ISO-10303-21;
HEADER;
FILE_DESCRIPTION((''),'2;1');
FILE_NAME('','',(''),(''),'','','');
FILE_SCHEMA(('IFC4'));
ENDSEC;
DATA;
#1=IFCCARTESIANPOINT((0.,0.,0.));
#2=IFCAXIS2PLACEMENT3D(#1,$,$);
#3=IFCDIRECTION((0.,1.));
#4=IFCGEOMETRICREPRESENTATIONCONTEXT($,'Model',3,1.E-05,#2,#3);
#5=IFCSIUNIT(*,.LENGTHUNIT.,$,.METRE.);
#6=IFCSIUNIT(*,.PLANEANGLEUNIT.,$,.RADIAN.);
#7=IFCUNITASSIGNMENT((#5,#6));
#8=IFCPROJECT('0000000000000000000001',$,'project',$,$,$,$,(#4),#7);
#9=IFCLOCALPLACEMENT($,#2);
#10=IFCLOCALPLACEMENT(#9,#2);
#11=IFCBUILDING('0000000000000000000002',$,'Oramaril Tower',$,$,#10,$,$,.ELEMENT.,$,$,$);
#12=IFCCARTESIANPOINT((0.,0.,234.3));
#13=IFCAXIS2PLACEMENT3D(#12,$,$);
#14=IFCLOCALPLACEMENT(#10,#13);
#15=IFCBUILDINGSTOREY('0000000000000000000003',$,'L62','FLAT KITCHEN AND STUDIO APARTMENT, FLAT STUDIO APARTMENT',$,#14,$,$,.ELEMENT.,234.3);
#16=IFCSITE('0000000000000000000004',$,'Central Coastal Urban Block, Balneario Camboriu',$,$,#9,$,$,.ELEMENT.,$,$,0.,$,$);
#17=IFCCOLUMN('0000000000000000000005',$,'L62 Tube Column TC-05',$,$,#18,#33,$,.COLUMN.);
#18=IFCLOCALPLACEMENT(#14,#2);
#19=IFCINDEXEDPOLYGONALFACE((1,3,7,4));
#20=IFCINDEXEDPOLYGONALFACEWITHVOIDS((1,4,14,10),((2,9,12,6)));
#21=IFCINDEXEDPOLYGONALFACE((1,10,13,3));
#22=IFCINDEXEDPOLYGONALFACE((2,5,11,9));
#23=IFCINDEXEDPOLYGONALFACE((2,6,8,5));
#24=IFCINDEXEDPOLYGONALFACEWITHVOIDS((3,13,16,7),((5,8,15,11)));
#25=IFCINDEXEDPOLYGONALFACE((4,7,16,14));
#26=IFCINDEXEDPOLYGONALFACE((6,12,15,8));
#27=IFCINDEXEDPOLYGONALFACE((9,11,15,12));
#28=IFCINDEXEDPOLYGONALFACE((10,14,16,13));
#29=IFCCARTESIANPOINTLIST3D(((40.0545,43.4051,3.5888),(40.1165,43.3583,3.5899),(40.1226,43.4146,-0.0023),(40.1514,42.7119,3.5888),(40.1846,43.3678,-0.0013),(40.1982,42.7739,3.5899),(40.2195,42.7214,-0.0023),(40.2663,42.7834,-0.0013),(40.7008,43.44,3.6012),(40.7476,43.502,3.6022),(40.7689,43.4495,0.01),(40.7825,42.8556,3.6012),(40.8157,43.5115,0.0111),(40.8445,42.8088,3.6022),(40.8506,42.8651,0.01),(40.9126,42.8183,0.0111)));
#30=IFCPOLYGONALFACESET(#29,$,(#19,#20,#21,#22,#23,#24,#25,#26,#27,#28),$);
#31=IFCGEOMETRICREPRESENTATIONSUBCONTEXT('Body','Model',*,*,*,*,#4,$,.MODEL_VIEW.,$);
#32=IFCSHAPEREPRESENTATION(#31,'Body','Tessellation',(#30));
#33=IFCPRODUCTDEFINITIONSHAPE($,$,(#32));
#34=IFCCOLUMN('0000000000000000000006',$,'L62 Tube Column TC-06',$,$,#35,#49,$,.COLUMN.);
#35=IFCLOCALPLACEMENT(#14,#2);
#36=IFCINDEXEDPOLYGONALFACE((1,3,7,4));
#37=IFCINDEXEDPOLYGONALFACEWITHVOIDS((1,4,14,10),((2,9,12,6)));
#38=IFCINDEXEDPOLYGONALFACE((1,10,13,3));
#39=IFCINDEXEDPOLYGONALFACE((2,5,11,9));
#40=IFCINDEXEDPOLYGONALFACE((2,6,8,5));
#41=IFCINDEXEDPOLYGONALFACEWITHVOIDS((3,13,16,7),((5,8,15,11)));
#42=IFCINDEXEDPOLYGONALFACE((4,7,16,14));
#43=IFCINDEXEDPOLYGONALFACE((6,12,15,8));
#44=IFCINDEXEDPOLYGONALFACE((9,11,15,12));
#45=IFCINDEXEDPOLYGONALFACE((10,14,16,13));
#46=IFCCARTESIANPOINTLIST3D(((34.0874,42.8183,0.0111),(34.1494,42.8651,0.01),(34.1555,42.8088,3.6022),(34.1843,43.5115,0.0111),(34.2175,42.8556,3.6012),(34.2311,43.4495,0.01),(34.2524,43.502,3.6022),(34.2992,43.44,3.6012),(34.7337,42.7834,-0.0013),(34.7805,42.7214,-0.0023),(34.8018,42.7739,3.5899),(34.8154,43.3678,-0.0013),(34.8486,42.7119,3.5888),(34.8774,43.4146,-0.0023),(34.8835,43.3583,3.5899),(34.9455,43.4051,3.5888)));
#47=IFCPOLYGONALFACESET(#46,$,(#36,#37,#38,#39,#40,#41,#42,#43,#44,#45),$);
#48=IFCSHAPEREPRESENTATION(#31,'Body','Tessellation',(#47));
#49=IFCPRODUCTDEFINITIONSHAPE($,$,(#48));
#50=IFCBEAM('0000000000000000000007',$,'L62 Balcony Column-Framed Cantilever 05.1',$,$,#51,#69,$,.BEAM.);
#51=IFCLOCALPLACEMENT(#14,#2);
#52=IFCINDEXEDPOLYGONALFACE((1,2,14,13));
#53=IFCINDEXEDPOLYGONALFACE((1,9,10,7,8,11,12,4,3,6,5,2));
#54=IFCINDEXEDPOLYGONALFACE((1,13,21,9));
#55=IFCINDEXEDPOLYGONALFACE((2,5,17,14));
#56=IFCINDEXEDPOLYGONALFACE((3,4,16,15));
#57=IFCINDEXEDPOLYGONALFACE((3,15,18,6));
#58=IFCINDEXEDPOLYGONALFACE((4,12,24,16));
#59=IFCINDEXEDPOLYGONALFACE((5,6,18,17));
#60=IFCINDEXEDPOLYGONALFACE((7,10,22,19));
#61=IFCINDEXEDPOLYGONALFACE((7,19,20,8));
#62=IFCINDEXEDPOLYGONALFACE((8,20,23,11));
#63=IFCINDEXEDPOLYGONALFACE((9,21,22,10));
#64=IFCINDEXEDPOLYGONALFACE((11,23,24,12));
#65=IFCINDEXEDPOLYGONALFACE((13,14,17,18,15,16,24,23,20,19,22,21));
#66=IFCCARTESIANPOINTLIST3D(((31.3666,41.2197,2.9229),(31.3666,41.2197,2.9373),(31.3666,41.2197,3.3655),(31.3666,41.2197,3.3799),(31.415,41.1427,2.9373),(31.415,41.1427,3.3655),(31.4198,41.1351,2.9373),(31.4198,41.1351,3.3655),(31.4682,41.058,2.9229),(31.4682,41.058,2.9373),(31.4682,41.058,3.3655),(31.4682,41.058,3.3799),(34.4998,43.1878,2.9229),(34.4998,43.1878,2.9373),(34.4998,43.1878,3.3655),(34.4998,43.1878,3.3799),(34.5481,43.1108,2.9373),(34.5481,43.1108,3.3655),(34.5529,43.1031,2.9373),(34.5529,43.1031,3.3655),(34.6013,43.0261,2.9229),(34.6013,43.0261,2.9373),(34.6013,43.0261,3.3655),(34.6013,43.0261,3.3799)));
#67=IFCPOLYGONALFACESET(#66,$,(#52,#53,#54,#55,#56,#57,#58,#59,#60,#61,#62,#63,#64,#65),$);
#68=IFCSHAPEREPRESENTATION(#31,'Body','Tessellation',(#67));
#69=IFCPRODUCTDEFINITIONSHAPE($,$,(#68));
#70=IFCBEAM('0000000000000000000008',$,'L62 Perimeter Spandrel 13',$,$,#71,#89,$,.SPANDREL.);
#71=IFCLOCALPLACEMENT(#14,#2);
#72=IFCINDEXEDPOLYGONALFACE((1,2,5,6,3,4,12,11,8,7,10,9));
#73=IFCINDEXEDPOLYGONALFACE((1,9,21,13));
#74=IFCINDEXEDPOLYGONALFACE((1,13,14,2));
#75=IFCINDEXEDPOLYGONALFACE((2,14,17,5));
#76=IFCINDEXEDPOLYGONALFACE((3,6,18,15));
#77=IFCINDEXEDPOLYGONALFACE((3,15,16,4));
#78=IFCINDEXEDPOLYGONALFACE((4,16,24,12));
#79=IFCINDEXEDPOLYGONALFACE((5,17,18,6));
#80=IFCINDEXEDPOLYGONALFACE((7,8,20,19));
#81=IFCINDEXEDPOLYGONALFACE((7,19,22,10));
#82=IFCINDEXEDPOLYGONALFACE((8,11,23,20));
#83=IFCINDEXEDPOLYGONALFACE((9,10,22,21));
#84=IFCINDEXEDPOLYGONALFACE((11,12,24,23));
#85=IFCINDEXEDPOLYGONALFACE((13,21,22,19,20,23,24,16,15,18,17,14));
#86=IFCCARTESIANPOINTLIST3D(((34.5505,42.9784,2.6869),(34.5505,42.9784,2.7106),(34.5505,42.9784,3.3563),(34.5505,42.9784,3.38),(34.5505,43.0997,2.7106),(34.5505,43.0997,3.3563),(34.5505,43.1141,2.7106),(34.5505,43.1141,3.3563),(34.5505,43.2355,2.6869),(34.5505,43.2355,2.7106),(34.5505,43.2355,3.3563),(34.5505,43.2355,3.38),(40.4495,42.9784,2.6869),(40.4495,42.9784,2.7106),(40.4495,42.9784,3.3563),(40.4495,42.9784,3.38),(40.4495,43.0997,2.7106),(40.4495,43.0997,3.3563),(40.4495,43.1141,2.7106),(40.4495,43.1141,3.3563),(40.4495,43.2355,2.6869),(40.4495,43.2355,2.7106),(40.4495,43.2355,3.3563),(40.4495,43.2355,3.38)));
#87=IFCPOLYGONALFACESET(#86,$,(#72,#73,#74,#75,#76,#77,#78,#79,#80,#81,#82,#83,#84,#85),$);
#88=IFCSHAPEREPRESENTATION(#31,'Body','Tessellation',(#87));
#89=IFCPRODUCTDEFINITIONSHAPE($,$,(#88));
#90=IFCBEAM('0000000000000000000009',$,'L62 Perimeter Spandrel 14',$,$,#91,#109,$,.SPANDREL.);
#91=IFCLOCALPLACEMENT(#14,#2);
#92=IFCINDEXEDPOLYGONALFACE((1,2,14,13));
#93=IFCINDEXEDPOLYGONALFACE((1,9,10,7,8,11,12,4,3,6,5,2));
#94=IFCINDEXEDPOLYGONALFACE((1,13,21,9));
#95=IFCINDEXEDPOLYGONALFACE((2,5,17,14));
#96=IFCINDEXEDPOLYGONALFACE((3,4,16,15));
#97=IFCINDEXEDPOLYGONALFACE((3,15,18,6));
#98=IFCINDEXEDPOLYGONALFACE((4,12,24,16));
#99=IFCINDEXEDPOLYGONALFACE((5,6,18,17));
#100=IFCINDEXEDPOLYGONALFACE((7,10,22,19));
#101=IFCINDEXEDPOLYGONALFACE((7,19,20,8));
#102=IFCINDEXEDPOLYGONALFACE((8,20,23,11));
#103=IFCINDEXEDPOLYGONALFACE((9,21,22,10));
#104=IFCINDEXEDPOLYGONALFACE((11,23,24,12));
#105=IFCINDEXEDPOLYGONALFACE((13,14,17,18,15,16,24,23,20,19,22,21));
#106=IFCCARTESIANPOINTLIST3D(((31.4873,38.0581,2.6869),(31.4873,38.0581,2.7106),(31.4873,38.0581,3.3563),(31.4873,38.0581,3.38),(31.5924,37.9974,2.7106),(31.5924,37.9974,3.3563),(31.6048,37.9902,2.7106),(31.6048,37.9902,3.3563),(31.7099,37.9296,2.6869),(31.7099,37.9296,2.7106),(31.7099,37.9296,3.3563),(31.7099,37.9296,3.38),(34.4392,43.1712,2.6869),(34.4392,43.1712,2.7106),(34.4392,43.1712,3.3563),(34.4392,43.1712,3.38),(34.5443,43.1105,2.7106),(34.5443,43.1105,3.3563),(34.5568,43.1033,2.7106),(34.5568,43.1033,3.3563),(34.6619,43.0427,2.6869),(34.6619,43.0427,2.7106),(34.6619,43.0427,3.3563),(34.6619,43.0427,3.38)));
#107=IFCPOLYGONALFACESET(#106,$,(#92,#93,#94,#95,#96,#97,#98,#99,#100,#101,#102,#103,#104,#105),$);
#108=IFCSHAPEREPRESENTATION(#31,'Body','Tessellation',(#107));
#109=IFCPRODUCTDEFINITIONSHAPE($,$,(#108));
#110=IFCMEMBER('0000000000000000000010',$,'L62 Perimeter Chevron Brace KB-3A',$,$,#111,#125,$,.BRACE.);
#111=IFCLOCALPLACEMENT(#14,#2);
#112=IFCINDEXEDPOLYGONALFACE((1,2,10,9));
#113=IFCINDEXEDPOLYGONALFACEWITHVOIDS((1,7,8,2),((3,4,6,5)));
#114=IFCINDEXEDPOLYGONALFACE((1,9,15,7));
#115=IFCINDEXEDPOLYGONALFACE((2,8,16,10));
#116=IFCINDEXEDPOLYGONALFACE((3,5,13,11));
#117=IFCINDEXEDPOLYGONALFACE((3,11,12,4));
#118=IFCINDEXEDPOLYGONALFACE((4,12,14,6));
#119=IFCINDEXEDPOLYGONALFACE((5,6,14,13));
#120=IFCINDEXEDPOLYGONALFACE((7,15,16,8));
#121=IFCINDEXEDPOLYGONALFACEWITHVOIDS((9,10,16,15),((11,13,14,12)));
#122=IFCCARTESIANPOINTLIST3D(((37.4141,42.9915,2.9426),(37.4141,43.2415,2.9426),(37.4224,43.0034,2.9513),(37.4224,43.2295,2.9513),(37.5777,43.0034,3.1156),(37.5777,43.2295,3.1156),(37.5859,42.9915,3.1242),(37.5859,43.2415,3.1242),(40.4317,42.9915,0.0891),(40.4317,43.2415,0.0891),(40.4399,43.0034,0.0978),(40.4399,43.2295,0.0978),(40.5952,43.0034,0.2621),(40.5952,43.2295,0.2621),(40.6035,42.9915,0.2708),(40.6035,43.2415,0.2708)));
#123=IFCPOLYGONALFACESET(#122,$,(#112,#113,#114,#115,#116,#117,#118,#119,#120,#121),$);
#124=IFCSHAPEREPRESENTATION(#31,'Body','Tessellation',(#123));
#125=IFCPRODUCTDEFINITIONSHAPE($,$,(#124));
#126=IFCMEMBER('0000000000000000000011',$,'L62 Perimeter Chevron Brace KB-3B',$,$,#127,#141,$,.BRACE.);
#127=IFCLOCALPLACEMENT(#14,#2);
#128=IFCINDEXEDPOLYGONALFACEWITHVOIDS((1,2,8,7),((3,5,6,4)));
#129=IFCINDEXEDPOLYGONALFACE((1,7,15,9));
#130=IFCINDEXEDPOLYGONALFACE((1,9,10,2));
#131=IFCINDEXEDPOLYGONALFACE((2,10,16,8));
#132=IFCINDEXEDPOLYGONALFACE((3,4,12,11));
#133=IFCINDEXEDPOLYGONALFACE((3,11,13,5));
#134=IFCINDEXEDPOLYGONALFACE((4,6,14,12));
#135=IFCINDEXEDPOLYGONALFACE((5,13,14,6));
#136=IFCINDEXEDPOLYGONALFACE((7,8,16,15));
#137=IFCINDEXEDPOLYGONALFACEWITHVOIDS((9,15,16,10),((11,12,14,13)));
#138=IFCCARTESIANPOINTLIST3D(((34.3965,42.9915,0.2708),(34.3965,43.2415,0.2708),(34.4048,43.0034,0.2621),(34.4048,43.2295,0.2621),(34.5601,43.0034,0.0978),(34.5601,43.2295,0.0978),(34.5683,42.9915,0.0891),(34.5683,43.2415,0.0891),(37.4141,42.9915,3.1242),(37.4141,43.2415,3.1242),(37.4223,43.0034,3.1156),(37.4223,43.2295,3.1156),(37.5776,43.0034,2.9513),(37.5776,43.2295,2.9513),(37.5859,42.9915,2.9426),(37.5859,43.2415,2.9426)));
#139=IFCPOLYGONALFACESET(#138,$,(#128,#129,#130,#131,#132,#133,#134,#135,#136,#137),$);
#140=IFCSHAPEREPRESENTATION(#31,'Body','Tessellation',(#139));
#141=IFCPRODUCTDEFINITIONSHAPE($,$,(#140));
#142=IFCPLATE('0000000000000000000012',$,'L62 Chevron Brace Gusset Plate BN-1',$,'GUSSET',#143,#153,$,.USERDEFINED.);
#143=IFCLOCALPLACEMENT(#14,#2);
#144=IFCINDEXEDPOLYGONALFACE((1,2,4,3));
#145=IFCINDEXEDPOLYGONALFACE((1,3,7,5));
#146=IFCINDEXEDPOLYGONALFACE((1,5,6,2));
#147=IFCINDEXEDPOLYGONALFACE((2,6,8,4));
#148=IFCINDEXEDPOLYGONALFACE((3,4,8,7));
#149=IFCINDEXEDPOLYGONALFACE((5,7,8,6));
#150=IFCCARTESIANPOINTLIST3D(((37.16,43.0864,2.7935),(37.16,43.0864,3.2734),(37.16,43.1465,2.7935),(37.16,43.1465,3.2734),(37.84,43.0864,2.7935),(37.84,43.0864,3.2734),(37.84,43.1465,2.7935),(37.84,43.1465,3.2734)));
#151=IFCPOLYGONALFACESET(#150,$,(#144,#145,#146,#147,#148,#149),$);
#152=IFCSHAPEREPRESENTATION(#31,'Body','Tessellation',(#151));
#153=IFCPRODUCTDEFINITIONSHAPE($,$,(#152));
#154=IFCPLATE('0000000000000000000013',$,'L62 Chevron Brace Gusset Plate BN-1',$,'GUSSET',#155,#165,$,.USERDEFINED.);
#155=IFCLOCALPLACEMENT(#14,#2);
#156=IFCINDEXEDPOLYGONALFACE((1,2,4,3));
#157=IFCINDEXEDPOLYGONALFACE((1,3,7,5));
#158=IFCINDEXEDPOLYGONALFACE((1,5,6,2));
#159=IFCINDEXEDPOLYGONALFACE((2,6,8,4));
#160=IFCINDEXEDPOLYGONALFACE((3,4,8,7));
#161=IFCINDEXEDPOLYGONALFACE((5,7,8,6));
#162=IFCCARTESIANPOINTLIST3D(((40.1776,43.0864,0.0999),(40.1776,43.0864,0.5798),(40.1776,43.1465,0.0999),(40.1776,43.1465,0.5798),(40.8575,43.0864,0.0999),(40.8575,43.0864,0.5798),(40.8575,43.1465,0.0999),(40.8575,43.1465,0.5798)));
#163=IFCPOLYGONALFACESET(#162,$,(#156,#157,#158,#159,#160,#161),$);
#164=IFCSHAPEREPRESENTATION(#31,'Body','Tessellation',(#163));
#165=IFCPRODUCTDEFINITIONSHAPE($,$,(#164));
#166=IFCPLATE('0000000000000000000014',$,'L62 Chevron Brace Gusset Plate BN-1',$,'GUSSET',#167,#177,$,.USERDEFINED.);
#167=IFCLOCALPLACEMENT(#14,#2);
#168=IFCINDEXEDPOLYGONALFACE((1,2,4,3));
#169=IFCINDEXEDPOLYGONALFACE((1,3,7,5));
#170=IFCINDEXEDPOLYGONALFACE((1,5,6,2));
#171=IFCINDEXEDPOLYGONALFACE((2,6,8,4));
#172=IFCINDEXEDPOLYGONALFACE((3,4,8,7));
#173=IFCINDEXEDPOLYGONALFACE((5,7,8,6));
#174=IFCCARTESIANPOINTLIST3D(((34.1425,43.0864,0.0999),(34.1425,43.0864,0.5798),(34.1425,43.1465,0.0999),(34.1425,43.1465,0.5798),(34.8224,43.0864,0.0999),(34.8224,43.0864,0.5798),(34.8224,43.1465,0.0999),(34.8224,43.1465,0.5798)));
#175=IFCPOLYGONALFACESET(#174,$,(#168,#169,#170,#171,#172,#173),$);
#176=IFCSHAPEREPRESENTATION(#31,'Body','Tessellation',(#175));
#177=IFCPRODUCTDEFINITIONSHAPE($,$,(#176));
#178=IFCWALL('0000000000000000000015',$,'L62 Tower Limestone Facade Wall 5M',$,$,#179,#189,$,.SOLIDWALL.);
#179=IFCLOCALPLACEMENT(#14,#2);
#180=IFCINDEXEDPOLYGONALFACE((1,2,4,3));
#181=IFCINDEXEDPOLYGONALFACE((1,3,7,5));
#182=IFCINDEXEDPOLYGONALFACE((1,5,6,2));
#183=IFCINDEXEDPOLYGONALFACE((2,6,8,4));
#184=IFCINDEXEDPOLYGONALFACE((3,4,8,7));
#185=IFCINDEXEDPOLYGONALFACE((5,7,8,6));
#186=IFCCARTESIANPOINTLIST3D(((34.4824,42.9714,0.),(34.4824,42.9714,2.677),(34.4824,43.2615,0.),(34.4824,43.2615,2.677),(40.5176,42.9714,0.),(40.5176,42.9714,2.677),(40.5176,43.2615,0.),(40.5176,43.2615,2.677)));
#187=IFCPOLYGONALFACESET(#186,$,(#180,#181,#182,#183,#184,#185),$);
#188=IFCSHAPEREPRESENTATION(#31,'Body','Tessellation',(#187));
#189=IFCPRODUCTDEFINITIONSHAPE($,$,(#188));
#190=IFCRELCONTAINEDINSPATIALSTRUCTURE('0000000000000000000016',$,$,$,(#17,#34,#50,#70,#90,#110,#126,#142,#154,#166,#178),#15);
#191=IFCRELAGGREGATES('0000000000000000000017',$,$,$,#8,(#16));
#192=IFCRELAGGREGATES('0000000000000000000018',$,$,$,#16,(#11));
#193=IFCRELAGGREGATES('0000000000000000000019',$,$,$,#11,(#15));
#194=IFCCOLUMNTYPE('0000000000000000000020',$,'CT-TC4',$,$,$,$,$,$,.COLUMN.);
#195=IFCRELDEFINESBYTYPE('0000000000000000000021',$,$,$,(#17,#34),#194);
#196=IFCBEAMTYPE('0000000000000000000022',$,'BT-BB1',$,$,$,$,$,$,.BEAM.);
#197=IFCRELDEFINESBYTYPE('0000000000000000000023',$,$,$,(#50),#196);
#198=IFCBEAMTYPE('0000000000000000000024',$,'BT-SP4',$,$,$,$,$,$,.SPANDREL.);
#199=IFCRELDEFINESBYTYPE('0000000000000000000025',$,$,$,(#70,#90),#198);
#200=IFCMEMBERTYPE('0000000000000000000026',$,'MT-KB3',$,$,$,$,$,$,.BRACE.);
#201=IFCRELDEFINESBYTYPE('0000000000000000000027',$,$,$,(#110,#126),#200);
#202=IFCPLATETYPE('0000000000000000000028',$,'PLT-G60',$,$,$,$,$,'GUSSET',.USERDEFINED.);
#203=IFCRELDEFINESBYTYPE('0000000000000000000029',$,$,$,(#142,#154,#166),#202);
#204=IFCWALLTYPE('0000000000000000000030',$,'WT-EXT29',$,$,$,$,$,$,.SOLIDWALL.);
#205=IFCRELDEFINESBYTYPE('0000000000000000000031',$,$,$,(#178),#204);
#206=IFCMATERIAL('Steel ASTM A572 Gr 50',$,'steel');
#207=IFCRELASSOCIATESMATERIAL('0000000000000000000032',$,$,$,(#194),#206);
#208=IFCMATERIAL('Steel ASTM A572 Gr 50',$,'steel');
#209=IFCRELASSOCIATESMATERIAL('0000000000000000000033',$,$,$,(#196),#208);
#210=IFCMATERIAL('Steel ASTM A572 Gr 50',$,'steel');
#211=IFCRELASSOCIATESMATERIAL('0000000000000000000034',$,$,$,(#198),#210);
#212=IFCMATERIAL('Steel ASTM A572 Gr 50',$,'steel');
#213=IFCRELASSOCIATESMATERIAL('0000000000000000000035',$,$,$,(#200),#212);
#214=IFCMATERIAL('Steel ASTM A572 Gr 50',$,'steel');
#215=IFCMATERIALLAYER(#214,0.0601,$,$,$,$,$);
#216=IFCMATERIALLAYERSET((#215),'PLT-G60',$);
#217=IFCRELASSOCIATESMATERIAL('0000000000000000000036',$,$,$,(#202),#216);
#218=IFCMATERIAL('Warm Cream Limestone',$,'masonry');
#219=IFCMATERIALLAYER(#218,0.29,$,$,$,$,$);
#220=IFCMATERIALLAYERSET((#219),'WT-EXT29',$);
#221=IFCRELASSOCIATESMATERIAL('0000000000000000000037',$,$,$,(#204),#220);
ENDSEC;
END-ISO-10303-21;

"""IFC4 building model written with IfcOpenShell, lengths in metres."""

from ifc_helpers import new_model, si_unit, direction, frame, frame_2d, origin, origin_2d, place, context, subcontext, project, spatial, rectangle, hollow_rectangle, i_section, extrude, material, layer, layer_set, material_profile, profile_set, type_object, element, save


model = new_model("IFC4")

# Units and contexts
model_context = context("Model", 3, precision=1e-05, world=origin(), true_north=direction((0.0, 1.0)))
body_context = subcontext(model_context, "Body", "Model", "MODEL_VIEW")
ifc_project = project(units=[si_unit("LENGTHUNIT", "METRE"), si_unit("PLANEANGLEUNIT", "RADIAN")], contexts=[model_context])

# Site, building, storey
site_placement = place(None, origin())
site = spatial("IfcSite", under=ifc_project, at=site_placement, Name="Central Coastal Urban Block, Balneario Camboriu", CompositionType="ELEMENT", RefElevation=0.0)
building_placement = place(site_placement, origin())
building = spatial("IfcBuilding", under=site, at=building_placement, Name="Oramaril Tower", CompositionType="ELEMENT")
storey_placement = place(building_placement, frame((0.0, 0.0, 234.3)))
storey = spatial("IfcBuildingStorey", under=building, at=storey_placement, Name="L62", Description="FLAT KITCHEN AND STUDIO APARTMENT, FLAT STUDIO APARTMENT", CompositionType="ELEMENT", Elevation=234.3)

# Columns
ifc_material_1 = material(Name="Steel ASTM A572 Gr 50", Category="steel")
ifc_material_profile_1 = material_profile(ifc_material_1, hollow_rectangle(XDim=0.7, YDim=0.7, WallThickness=0.0549, at=origin_2d()), Name="BOX700X700X55")
ifc_profile_set_1 = profile_set([ifc_material_profile_1], Name="Steel ASTM A572 Gr 50")
column_type = type_object("IfcColumnType", Name="CT-TC4", PredefinedType="COLUMN", material=ifc_profile_set_1)
for number, where, z_axis, x_axis, name in (
    (1, (40.5176, 43.1165, 0.0044), (-0.018965, -0.002651, 0.999817), (0.138439, -0.990371, 0.0), "L62 Tube Column TC-05"),
    (2, (34.4824, 43.1165, 0.0044), (0.018965, -0.002651, 0.999817), (0.138439, 0.990371, 0.0), "L62 Tube Column TC-06"),
):
    element("IfcColumn", number, at=place(storey_placement, frame(where, z_axis=z_axis, x_axis=x_axis)), inside=storey, type_object=column_type, Name=name, PredefinedType="COLUMN", context=body_context, shape_type="SweptSolid", body=[
        extrude(hollow_rectangle(XDim=0.7, YDim=0.7, WallThickness=0.0549, at=origin_2d()), origin(), (0.0, 0.0, 1.0), 3.5918),
    ])

# Beams
ifc_material_2 = material(Name="Steel ASTM A572 Gr 50", Category="steel")
ifc_material_profile_2 = material_profile(ifc_material_2, i_section(OverallWidth=0.1909, OverallDepth=0.457, WebThickness=0.009, FlangeThickness=0.0144, at=origin_2d()), Name="W18X50")
ifc_profile_set_2 = profile_set([ifc_material_profile_2], Name="Steel ASTM A572 Gr 50")
beam_type_1 = type_object("IfcBeamType", Name="BT-BB1", PredefinedType="BEAM", material=ifc_profile_set_2)
beam_1_placement = place(storey_placement, frame((34.5505, 43.1069, 3.1514), z_axis=(-0.846799, -0.531913, 0.0), x_axis=(0.531913, -0.846799, 0.0)))
element("IfcBeam", 3, at=beam_1_placement, inside=storey, type_object=beam_type_1, Name="L62 Balcony Column-Framed Cantilever 05.1", PredefinedType="BEAM", context=body_context, shape_type="SweptSolid", body=[
    extrude(i_section(OverallWidth=0.1909, OverallDepth=0.457, WebThickness=0.009, FlangeThickness=0.0144, at=origin_2d()), origin(), (0.0, 0.0, 1.0), 3.7),
])
ifc_material_3 = material(Name="Steel ASTM A572 Gr 50", Category="steel")
ifc_material_profile_3 = material_profile(ifc_material_3, i_section(OverallWidth=0.2571, OverallDepth=0.6931, WebThickness=0.0144, FlangeThickness=0.0237, at=origin_2d()), Name="W27X114")
ifc_profile_set_3 = profile_set([ifc_material_profile_3], Name="Steel ASTM A572 Gr 50")
beam_type_2 = type_object("IfcBeamType", Name="BT-SP4", PredefinedType="SPANDREL", material=ifc_profile_set_3)
beam_2_placement = place(storey_placement, frame((40.4495, 43.1069, 3.0334), z_axis=(-1.0, 0.0, 0.0), x_axis=(0.0, -1.0, 0.0)))
element("IfcBeam", 4, at=beam_2_placement, inside=storey, type_object=beam_type_2, Name="L62 Perimeter Spandrel 13", PredefinedType="SPANDREL", context=body_context, shape_type="SweptSolid", body=[
    extrude(i_section(OverallWidth=0.2571, OverallDepth=0.6931, WebThickness=0.0144, FlangeThickness=0.0237, at=origin_2d()), origin(), (0.0, 0.0, 1.0), 5.8989),
])
beam_3_placement = place(storey_placement, frame((34.5505, 43.1069, 3.0334), z_axis=(-0.499986, -0.866033, 0.0), x_axis=(0.866033, -0.499986, 0.0)))
element("IfcBeam", 5, at=beam_3_placement, inside=storey, type_object=beam_type_2, Name="L62 Perimeter Spandrel 14", PredefinedType="SPANDREL", context=body_context, shape_type="SweptSolid", body=[
    extrude(i_section(OverallWidth=0.2571, OverallDepth=0.6931, WebThickness=0.0144, FlangeThickness=0.0237, at=origin_2d()), origin(), (0.0, 0.0, 1.0), 5.9041),
])

# Members
ifc_material_4 = material(Name="Steel ASTM A572 Gr 50", Category="steel")
ifc_material_profile_4 = material_profile(ifc_material_4, hollow_rectangle(XDim=0.25, YDim=0.25, WallThickness=0.012, at=origin_2d()), Name="HSS250X250X12")
ifc_profile_set_4 = profile_set([ifc_material_profile_4], Name="Steel ASTM A572 Gr 50")
member_type = type_object("IfcMemberType", Name="MT-KB3", PredefinedType="BRACE", material=ifc_profile_set_4)
for number, where, z_axis, x_axis, name in (
    (6, (40.5176, 43.1165, 0.1799), (-0.726583, 0.0, 0.687079), (0.0, -1.0, 0.0), "L62 Perimeter Chevron Brace KB-3A"),
    (7, (34.4824, 43.1165, 0.1799), (0.726583, 0.0, 0.687079), (0.0, 1.0, 0.0), "L62 Perimeter Chevron Brace KB-3B"),
):
    element("IfcMember", number, at=place(storey_placement, frame(where, z_axis=z_axis, x_axis=x_axis)), inside=storey, type_object=member_type, Name=name, PredefinedType="BRACE", context=body_context, shape_type="SweptSolid", body=[
        extrude(hollow_rectangle(XDim=0.25, YDim=0.25, WallThickness=0.012, at=origin_2d()), origin(), (0.0, 0.0, 1.0), 4.1531),
    ])

# Plates
ifc_material_5 = material(Name="Steel ASTM A572 Gr 50", Category="steel")
ifc_layer_1 = layer(ifc_material_5, 0.0601)
ifc_layer_set_1 = layer_set([ifc_layer_1], Name="PLT-G60")
plate_type = type_object("IfcPlateType", Name="PLT-G60", ElementType="GUSSET", PredefinedType="USERDEFINED", material=ifc_layer_set_1)
for number, where, z_axis, x_axis, name in (
    (8, (37.5, 43.1165, 2.7935), (0.0, 0.0, 1.0), (-1.0, 0.0, 0.0), "L62 Chevron Brace Gusset Plate BN-1"),
    (9, (40.5176, 43.1165, 0.0999), (0.0, 0.0, 1.0), (-1.0, 0.0, 0.0), "L62 Chevron Brace Gusset Plate BN-1"),
    (10, (34.4824, 43.1165, 0.0999), (0.0, 0.0, 1.0), (-1.0, 0.0, 0.0), "L62 Chevron Brace Gusset Plate BN-1"),
):
    element("IfcPlate", number, at=place(storey_placement, frame(where, z_axis=z_axis, x_axis=x_axis)), inside=storey, type_object=plate_type, Name=name, ObjectType="GUSSET", PredefinedType="USERDEFINED", context=body_context, shape_type="SweptSolid", body=[
        extrude(rectangle(XDim=0.6799, YDim=0.0601, at=origin_2d()), origin(), (0.0, 0.0, 1.0), 0.48),
    ])

# Wall
ifc_material_6 = material(Name="Warm Cream Limestone", Category="masonry")
ifc_layer_2 = layer(ifc_material_6, 0.29)
ifc_layer_set_2 = layer_set([ifc_layer_2], Name="WT-EXT29")
wall_type_1 = type_object("IfcWallType", Name="WT-EXT29", PredefinedType="SOLIDWALL", material=ifc_layer_set_2)
wall_1_placement = place(storey_placement, frame((40.5176, 43.1165, 0.0), z_axis=(0.0, 0.0, 1.0), x_axis=(-1.0, 0.0, 0.0)))
element("IfcWall", 11, at=wall_1_placement, inside=storey, type_object=wall_type_1, Name="L62 Tower Limestone Facade Wall 5M", PredefinedType="SOLIDWALL", context=body_context, shape_type="SweptSolid", body=[
    extrude(rectangle(XDim=6.0352, YDim=0.29, at=frame_2d((3.0176, 0.0))), origin(), (0.0, 0.0, 1.0), 2.677),
])

save(model, "model.ifc")
